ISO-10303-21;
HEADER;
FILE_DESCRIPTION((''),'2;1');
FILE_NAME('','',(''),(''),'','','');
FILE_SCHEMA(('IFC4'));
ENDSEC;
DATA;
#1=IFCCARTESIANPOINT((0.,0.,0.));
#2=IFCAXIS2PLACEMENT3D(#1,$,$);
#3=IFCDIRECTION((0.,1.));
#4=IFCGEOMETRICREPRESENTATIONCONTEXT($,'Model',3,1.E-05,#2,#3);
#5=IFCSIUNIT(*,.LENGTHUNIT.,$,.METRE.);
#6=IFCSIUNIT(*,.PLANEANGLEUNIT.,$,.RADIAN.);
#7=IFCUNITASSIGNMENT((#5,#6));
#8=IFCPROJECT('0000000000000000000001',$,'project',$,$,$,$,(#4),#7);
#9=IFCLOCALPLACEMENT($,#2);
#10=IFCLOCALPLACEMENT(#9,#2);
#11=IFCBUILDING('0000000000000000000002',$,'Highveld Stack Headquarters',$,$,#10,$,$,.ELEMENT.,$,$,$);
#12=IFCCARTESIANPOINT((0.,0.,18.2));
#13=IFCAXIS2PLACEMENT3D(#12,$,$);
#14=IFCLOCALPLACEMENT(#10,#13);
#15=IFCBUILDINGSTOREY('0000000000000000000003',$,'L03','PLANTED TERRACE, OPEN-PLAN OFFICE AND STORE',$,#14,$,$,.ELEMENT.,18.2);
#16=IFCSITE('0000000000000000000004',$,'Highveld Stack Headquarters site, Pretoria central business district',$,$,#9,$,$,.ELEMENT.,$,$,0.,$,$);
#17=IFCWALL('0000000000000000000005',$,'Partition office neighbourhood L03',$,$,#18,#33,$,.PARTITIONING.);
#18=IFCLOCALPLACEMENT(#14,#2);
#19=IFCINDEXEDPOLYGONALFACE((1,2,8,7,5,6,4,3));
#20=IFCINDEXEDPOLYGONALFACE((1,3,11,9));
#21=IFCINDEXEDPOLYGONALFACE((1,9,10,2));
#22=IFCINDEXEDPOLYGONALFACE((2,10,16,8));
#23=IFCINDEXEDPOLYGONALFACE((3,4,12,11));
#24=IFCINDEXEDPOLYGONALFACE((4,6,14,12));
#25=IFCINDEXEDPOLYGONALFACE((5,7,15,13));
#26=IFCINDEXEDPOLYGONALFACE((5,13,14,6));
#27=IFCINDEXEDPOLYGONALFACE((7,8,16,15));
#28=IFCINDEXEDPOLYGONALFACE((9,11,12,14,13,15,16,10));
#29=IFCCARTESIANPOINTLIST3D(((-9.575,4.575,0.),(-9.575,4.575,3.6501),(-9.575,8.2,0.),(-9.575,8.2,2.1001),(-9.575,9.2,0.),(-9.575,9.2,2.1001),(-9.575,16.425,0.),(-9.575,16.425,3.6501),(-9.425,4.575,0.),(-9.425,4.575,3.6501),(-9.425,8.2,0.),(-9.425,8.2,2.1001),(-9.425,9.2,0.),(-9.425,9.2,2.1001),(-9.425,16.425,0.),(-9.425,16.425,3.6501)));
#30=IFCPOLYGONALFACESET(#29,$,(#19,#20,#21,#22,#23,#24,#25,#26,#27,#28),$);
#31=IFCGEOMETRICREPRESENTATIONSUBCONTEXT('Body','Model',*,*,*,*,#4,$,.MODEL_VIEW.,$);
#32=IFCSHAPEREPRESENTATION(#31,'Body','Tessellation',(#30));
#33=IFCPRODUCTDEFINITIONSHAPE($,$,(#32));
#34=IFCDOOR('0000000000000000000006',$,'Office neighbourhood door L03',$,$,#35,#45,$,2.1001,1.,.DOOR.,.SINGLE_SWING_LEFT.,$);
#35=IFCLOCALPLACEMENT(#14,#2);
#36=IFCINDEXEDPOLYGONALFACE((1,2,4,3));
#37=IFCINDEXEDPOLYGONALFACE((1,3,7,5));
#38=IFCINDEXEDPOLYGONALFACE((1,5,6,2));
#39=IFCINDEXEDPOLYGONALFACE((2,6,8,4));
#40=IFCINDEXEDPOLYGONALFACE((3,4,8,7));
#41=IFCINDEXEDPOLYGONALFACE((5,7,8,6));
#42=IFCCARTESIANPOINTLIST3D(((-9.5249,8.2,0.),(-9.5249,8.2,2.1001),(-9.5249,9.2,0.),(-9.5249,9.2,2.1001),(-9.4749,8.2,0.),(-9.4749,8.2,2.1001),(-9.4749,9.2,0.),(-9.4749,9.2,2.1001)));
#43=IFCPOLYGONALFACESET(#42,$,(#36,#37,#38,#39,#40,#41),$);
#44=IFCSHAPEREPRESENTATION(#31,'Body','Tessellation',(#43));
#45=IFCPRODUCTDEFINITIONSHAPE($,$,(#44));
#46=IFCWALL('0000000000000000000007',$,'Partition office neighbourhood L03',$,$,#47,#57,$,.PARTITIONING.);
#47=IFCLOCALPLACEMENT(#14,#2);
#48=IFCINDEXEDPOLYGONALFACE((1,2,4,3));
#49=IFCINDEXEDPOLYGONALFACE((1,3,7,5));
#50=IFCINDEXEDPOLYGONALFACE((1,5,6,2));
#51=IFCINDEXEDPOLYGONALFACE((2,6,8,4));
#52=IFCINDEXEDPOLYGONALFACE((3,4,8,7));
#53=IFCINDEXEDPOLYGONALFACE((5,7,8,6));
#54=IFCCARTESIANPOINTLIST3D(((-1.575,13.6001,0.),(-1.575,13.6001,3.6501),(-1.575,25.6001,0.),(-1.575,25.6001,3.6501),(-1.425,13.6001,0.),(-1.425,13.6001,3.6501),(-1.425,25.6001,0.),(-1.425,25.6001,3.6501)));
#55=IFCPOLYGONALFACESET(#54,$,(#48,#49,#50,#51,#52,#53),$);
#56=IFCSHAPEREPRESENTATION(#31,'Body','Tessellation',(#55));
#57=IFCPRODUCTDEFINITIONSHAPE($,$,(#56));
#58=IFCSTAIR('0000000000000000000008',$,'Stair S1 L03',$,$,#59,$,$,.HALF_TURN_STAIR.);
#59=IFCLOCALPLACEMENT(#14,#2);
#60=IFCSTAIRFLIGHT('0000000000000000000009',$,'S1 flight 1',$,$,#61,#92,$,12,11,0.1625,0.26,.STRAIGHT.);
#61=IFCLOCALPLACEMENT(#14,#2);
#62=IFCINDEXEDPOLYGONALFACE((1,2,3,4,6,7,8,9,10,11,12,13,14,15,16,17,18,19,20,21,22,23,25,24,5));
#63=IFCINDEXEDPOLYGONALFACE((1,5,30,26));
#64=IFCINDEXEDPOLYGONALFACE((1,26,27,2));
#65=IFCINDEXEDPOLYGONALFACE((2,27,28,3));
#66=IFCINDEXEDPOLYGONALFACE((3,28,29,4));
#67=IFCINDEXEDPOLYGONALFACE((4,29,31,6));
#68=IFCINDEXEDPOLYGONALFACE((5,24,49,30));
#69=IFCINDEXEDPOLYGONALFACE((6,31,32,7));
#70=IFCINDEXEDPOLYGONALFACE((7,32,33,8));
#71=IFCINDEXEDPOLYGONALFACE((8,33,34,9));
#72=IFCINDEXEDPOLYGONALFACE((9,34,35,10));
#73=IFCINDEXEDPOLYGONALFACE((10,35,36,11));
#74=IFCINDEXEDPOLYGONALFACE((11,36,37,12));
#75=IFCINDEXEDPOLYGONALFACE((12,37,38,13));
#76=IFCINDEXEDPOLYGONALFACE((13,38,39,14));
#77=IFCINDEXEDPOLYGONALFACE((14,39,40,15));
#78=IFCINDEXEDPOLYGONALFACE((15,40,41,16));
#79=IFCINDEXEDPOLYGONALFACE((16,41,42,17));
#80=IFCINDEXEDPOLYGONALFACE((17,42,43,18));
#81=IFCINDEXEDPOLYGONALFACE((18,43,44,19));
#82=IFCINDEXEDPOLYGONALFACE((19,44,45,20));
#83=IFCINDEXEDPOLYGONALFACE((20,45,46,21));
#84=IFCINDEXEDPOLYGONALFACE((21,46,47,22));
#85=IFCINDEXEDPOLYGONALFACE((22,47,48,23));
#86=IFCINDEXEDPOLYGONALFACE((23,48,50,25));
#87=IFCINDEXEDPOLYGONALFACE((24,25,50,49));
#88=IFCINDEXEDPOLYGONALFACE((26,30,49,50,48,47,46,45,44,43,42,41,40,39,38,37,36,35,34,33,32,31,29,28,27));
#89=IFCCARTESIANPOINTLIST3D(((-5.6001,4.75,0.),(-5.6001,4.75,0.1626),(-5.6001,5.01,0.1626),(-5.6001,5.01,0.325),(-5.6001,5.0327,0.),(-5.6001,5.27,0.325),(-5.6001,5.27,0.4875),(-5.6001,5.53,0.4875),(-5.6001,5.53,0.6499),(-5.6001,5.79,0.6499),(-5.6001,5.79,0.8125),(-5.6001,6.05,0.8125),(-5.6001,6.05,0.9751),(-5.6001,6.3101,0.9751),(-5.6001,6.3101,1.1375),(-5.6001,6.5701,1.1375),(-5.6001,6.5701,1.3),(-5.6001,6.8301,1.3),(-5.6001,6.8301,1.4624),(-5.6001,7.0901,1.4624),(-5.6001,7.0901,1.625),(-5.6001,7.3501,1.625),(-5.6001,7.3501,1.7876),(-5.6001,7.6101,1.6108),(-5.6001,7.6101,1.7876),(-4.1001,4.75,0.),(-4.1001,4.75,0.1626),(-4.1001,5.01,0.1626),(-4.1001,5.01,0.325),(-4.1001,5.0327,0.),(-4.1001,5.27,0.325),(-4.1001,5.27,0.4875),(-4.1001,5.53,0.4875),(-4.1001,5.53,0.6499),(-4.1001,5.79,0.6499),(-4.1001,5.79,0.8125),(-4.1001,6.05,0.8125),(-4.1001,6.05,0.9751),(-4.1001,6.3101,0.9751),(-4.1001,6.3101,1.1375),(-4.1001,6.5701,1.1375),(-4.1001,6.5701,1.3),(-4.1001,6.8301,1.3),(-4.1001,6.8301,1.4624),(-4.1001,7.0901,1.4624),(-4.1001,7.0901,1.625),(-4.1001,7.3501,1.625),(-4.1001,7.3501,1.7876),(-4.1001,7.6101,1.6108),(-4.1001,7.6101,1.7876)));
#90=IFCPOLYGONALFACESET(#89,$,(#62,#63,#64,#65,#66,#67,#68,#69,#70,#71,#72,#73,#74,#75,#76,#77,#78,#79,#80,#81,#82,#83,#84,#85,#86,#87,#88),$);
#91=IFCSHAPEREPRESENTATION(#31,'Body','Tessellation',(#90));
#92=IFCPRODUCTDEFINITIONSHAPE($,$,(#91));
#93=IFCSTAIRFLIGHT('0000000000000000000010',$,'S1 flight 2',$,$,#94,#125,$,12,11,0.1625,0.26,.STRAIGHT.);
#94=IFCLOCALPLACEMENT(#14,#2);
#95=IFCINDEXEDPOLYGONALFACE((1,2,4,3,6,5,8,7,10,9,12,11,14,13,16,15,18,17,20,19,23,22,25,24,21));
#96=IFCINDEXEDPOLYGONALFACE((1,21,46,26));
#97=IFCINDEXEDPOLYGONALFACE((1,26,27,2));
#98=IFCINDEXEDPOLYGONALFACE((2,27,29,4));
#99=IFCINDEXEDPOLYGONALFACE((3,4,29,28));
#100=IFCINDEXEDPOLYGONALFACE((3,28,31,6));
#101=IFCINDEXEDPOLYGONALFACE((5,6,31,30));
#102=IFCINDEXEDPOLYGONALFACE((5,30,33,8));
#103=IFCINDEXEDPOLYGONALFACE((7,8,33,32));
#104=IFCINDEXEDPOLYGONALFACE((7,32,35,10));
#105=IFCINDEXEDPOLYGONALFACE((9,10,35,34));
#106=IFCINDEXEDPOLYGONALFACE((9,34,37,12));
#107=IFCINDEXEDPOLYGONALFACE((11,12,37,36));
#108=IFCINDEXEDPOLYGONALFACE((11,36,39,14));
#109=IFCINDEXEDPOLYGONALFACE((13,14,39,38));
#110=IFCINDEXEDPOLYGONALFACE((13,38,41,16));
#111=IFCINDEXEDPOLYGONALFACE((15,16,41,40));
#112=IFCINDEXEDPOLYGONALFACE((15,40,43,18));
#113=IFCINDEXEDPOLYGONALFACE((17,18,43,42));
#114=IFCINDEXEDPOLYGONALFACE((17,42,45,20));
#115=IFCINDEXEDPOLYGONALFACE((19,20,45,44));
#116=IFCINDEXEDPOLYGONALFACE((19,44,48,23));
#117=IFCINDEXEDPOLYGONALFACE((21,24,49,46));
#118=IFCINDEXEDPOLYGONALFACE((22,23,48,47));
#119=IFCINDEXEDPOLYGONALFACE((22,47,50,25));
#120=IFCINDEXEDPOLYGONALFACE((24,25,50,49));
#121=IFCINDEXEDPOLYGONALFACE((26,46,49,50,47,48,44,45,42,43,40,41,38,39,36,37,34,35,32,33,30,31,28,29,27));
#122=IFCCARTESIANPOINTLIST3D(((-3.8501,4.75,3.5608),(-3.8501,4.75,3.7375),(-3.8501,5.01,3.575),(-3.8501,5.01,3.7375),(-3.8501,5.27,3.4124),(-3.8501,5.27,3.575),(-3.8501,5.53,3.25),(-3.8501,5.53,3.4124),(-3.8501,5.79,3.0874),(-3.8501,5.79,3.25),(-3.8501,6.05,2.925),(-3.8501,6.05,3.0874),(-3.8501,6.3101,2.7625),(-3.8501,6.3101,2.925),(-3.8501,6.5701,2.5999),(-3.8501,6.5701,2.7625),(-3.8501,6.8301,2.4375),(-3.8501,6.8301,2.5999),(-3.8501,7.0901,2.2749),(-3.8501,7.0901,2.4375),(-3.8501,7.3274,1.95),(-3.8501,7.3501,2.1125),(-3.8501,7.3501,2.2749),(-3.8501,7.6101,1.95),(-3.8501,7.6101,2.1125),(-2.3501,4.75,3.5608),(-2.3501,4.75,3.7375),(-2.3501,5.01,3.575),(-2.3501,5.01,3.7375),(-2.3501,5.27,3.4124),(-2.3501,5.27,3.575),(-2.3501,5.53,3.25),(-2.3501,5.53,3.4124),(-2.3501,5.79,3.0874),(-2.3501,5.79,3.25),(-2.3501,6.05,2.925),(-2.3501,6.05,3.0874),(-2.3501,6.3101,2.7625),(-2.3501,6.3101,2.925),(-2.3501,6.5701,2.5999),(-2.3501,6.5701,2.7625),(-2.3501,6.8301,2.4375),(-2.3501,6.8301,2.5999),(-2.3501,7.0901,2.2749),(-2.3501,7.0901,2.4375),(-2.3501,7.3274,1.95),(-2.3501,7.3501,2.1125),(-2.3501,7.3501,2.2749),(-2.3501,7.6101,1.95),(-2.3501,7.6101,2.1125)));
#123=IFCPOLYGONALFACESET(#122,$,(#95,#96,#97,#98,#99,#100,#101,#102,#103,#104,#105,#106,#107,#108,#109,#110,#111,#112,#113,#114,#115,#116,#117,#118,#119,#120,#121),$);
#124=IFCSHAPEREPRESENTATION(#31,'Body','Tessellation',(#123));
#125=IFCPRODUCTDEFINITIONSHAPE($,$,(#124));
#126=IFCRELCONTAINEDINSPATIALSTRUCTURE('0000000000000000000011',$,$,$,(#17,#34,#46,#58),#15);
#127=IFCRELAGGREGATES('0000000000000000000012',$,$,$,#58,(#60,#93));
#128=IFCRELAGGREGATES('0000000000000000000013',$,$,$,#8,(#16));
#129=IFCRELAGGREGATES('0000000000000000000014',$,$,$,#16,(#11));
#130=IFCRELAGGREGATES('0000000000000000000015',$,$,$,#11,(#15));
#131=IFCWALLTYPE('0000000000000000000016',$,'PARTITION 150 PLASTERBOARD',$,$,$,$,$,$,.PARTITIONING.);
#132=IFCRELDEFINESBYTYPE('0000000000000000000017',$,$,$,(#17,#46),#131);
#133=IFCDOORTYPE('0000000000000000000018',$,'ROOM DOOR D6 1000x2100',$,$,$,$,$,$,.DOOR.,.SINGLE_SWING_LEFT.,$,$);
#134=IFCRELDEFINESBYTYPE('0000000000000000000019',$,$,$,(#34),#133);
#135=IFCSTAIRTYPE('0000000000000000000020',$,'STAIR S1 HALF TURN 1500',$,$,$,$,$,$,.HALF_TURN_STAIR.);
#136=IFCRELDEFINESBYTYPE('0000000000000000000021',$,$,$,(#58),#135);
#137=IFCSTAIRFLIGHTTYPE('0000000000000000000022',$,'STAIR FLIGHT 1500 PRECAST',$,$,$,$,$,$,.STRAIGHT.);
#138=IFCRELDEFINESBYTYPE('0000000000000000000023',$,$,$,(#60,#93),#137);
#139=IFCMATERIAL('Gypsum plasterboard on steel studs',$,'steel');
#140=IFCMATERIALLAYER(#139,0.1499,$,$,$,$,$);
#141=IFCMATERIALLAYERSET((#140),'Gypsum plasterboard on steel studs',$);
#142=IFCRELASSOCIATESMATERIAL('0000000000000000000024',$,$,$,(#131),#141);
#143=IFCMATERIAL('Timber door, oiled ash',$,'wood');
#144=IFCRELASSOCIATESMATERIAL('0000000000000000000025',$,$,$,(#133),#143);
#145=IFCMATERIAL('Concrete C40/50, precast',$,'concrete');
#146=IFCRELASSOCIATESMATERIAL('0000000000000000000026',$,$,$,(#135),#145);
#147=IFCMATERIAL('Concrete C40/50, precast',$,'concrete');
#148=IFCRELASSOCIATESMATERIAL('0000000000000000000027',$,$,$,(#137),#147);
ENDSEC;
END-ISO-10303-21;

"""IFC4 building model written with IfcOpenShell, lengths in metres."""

from ifc_helpers import new_model, si_unit, direction, frame, frame_2d, origin, place, context, subcontext, project, spatial, polyline, rectangle, outline, extrude, material, layer, layer_set, type_object, element, fill, aggregate, save


model = new_model("IFC4")

# Units and contexts
model_context = context("Model", 3, precision=1e-05, world=origin(), true_north=direction((0.0, 1.0)))
body_context = subcontext(model_context, "Body", "Model", "MODEL_VIEW")
ifc_project = project(units=[si_unit("LENGTHUNIT", "METRE"), si_unit("PLANEANGLEUNIT", "RADIAN")], contexts=[model_context])

# Site, building, storey
site_placement = place(None, origin())
site = spatial("IfcSite", under=ifc_project, at=site_placement, Name="Highveld Stack Headquarters site, Pretoria central business district", CompositionType="ELEMENT", RefElevation=0.0)
building_placement = place(site_placement, origin())
building = spatial("IfcBuilding", under=site, at=building_placement, Name="Highveld Stack Headquarters", CompositionType="ELEMENT")
storey_placement = place(building_placement, frame((0.0, 0.0, 18.2)))
storey = spatial("IfcBuildingStorey", under=building, at=storey_placement, Name="L03", Description="PLANTED TERRACE, OPEN-PLAN OFFICE AND STORE", CompositionType="ELEMENT", Elevation=18.2)

# Wall, opening, door
ifc_material_1 = material(Name="Gypsum plasterboard on steel studs", Category="steel")
ifc_layer_1 = layer(ifc_material_1, 0.1499)
ifc_layer_set_1 = layer_set([ifc_layer_1], Name="Gypsum plasterboard on steel studs")
wall_type_1 = type_object("IfcWallType", Name="PARTITION 150 PLASTERBOARD", PredefinedType="PARTITIONING", material=ifc_layer_set_1)
wall_1_placement = place(storey_placement, frame((-9.5, 4.575, 0.0), z_axis=(0.0, 0.0, 1.0), x_axis=(0.0, 1.0, 0.0)))
wall_1 = element("IfcWall", 1, at=wall_1_placement, inside=storey, type_object=wall_type_1, Name="Partition office neighbourhood L03", PredefinedType="PARTITIONING", context=body_context, shape_type="SweptSolid", body=[
    extrude(rectangle(XDim=11.8501, YDim=0.1499, at=frame_2d((5.925, 0.0))), origin(), (0.0, 0.0, 1.0), 3.6501),
])
opening_1_placement = place(wall_1_placement, frame((3.625, 0.0, 0.0)))
opening_1 = element("IfcOpeningElement", 2, at=opening_1_placement, cuts=wall_1, PredefinedType="OPENING", context=body_context, shape_type="SweptSolid", body=[
    extrude(rectangle(XDim=1.0, YDim=2.1001, at=frame_2d((0.5, 1.05))), frame((0.0, 0.085, 0.0), z_axis=(0.0, -1.0, 0.0), x_axis=(1.0, 0.0, 0.0)), (0.0, 0.0, 1.0), 0.1699),
])
ifc_material_2 = material(Name="Timber door, oiled ash", Category="wood")
door_type_1 = type_object("IfcDoorType", Name="ROOM DOOR D6 1000x2100", OperationType="SINGLE_SWING_LEFT", PredefinedType="DOOR", material=ifc_material_2)
door_1_placement = place(opening_1_placement, origin())
door_1 = element("IfcDoor", 3, at=door_1_placement, inside=storey, type_object=door_type_1, Name="Office neighbourhood door L03", OperationType="SINGLE_SWING_LEFT", OverallHeight=2.1001, OverallWidth=1.0, PredefinedType="DOOR", context=body_context, shape_type="SweptSolid", body=[
    extrude(rectangle(XDim=1.0, YDim=2.1001, at=frame_2d((0.5, 1.05))), frame((0.0, 0.0249, 0.0), z_axis=(0.0, -1.0, 0.0), x_axis=(1.0, 0.0, 0.0)), (0.0, 0.0, 1.0), 0.05),
])
fill(opening_1, door_1)

# Wall
wall_2_placement = place(storey_placement, frame((-1.5, 13.6001, 0.0), z_axis=(0.0, 0.0, 1.0), x_axis=(0.0, 1.0, 0.0)))
element("IfcWall", 4, at=wall_2_placement, inside=storey, type_object=wall_type_1, Name="Partition office neighbourhood L03", PredefinedType="PARTITIONING", context=body_context, shape_type="SweptSolid", body=[
    extrude(rectangle(XDim=12.0, YDim=0.1499, at=frame_2d((6.0, 0.0))), origin(), (0.0, 0.0, 1.0), 3.6501),
])

# Stair, stair flights
ifc_material_3 = material(Name="Concrete C40/50, precast", Category="concrete")
stair_type = type_object("IfcStairType", Name="STAIR S1 HALF TURN 1500", PredefinedType="HALF_TURN_STAIR", material=ifc_material_3)
stair_placement = place(storey_placement, origin())
stair = element("IfcStair", 5, at=stair_placement, inside=storey, type_object=stair_type, Name="Stair S1 L03", PredefinedType="HALF_TURN_STAIR")
ifc_material_4 = material(Name="Concrete C40/50, precast", Category="concrete")
stair_flight_type = type_object("IfcStairFlightType", Name="STAIR FLIGHT 1500 PRECAST", PredefinedType="STRAIGHT", material=ifc_material_4)
stair_flight_1_placement = place(storey_placement, frame((-4.8501, 4.75, 0.0), z_axis=(0.0, 0.0, 1.0), x_axis=(0.0, 1.0, 0.0)))
stair_flight_1 = element("IfcStairFlight", 6, at=stair_flight_1_placement, type_object=stair_flight_type, Name="S1 flight 1", NumberOfRisers=12, NumberOfTreads=11, PredefinedType="STRAIGHT", RiserHeight=0.1625, TreadLength=0.26, context=body_context, shape_type="SweptSolid", body=[
    extrude(outline(polyline([(0.0, 0.0), (0.0, 0.1626), (0.26, 0.1626), (0.26, 0.325), (0.52, 0.325), (0.52, 0.4875), (0.78, 0.4875), (0.78, 0.6499), (1.04, 0.6499), (1.04, 0.8125), (1.3, 0.8125), (1.3, 0.9751), (1.5601, 0.9751), (1.5601, 1.1375), (1.8201, 1.1375), (1.8201, 1.3), (2.0801, 1.3), (2.0801, 1.4624), (2.3401, 1.4624), (2.3401, 1.625), (2.6001, 1.625), (2.6001, 1.7876), (2.8601, 1.7876), (2.8601, 1.95), (2.8601, 1.6108), (0.2827, 0.0), (0.0, 0.0)])), frame((0.0, 0.75, 0.0), z_axis=(0.0, -1.0, 0.0), x_axis=(1.0, 0.0, 0.0)), (0.0, 0.0, 1.0), 1.5),
])
stair_flight_2_placement = place(storey_placement, frame((-3.1001, 7.6101, 1.95), z_axis=(0.0, 0.0, 1.0), x_axis=(0.0, -1.0, 0.0)))
stair_flight_2 = element("IfcStairFlight", 7, at=stair_flight_2_placement, type_object=stair_flight_type, Name="S1 flight 2", NumberOfRisers=12, NumberOfTreads=11, PredefinedType="STRAIGHT", RiserHeight=0.1625, TreadLength=0.26, context=body_context, shape_type="SweptSolid", body=[
    extrude(outline(polyline([(0.0, 0.0), (0.0, 0.1626), (0.26, 0.1626), (0.26, 0.325), (0.52, 0.325), (0.52, 0.4875), (0.78, 0.4875), (0.78, 0.6499), (1.04, 0.6499), (1.04, 0.8125), (1.3, 0.8125), (1.3, 0.9751), (1.5601, 0.9751), (1.5601, 1.1375), (1.8201, 1.1375), (1.8201, 1.3), (2.0801, 1.3), (2.0801, 1.4624), (2.3401, 1.4624), (2.3401, 1.625), (2.6001, 1.625), (2.6001, 1.7876), (2.8601, 1.7876), (2.8601, 1.95), (2.8601, 1.6108), (0.2827, 0.0), (0.0, 0.0)])), frame((0.0, 0.75, 0.0), z_axis=(0.0, -1.0, 0.0), x_axis=(1.0, 0.0, 0.0)), (0.0, 0.0, 1.0), 1.5),
])
aggregate(stair, [stair_flight_1, stair_flight_2])

save(model, "model.ifc")
